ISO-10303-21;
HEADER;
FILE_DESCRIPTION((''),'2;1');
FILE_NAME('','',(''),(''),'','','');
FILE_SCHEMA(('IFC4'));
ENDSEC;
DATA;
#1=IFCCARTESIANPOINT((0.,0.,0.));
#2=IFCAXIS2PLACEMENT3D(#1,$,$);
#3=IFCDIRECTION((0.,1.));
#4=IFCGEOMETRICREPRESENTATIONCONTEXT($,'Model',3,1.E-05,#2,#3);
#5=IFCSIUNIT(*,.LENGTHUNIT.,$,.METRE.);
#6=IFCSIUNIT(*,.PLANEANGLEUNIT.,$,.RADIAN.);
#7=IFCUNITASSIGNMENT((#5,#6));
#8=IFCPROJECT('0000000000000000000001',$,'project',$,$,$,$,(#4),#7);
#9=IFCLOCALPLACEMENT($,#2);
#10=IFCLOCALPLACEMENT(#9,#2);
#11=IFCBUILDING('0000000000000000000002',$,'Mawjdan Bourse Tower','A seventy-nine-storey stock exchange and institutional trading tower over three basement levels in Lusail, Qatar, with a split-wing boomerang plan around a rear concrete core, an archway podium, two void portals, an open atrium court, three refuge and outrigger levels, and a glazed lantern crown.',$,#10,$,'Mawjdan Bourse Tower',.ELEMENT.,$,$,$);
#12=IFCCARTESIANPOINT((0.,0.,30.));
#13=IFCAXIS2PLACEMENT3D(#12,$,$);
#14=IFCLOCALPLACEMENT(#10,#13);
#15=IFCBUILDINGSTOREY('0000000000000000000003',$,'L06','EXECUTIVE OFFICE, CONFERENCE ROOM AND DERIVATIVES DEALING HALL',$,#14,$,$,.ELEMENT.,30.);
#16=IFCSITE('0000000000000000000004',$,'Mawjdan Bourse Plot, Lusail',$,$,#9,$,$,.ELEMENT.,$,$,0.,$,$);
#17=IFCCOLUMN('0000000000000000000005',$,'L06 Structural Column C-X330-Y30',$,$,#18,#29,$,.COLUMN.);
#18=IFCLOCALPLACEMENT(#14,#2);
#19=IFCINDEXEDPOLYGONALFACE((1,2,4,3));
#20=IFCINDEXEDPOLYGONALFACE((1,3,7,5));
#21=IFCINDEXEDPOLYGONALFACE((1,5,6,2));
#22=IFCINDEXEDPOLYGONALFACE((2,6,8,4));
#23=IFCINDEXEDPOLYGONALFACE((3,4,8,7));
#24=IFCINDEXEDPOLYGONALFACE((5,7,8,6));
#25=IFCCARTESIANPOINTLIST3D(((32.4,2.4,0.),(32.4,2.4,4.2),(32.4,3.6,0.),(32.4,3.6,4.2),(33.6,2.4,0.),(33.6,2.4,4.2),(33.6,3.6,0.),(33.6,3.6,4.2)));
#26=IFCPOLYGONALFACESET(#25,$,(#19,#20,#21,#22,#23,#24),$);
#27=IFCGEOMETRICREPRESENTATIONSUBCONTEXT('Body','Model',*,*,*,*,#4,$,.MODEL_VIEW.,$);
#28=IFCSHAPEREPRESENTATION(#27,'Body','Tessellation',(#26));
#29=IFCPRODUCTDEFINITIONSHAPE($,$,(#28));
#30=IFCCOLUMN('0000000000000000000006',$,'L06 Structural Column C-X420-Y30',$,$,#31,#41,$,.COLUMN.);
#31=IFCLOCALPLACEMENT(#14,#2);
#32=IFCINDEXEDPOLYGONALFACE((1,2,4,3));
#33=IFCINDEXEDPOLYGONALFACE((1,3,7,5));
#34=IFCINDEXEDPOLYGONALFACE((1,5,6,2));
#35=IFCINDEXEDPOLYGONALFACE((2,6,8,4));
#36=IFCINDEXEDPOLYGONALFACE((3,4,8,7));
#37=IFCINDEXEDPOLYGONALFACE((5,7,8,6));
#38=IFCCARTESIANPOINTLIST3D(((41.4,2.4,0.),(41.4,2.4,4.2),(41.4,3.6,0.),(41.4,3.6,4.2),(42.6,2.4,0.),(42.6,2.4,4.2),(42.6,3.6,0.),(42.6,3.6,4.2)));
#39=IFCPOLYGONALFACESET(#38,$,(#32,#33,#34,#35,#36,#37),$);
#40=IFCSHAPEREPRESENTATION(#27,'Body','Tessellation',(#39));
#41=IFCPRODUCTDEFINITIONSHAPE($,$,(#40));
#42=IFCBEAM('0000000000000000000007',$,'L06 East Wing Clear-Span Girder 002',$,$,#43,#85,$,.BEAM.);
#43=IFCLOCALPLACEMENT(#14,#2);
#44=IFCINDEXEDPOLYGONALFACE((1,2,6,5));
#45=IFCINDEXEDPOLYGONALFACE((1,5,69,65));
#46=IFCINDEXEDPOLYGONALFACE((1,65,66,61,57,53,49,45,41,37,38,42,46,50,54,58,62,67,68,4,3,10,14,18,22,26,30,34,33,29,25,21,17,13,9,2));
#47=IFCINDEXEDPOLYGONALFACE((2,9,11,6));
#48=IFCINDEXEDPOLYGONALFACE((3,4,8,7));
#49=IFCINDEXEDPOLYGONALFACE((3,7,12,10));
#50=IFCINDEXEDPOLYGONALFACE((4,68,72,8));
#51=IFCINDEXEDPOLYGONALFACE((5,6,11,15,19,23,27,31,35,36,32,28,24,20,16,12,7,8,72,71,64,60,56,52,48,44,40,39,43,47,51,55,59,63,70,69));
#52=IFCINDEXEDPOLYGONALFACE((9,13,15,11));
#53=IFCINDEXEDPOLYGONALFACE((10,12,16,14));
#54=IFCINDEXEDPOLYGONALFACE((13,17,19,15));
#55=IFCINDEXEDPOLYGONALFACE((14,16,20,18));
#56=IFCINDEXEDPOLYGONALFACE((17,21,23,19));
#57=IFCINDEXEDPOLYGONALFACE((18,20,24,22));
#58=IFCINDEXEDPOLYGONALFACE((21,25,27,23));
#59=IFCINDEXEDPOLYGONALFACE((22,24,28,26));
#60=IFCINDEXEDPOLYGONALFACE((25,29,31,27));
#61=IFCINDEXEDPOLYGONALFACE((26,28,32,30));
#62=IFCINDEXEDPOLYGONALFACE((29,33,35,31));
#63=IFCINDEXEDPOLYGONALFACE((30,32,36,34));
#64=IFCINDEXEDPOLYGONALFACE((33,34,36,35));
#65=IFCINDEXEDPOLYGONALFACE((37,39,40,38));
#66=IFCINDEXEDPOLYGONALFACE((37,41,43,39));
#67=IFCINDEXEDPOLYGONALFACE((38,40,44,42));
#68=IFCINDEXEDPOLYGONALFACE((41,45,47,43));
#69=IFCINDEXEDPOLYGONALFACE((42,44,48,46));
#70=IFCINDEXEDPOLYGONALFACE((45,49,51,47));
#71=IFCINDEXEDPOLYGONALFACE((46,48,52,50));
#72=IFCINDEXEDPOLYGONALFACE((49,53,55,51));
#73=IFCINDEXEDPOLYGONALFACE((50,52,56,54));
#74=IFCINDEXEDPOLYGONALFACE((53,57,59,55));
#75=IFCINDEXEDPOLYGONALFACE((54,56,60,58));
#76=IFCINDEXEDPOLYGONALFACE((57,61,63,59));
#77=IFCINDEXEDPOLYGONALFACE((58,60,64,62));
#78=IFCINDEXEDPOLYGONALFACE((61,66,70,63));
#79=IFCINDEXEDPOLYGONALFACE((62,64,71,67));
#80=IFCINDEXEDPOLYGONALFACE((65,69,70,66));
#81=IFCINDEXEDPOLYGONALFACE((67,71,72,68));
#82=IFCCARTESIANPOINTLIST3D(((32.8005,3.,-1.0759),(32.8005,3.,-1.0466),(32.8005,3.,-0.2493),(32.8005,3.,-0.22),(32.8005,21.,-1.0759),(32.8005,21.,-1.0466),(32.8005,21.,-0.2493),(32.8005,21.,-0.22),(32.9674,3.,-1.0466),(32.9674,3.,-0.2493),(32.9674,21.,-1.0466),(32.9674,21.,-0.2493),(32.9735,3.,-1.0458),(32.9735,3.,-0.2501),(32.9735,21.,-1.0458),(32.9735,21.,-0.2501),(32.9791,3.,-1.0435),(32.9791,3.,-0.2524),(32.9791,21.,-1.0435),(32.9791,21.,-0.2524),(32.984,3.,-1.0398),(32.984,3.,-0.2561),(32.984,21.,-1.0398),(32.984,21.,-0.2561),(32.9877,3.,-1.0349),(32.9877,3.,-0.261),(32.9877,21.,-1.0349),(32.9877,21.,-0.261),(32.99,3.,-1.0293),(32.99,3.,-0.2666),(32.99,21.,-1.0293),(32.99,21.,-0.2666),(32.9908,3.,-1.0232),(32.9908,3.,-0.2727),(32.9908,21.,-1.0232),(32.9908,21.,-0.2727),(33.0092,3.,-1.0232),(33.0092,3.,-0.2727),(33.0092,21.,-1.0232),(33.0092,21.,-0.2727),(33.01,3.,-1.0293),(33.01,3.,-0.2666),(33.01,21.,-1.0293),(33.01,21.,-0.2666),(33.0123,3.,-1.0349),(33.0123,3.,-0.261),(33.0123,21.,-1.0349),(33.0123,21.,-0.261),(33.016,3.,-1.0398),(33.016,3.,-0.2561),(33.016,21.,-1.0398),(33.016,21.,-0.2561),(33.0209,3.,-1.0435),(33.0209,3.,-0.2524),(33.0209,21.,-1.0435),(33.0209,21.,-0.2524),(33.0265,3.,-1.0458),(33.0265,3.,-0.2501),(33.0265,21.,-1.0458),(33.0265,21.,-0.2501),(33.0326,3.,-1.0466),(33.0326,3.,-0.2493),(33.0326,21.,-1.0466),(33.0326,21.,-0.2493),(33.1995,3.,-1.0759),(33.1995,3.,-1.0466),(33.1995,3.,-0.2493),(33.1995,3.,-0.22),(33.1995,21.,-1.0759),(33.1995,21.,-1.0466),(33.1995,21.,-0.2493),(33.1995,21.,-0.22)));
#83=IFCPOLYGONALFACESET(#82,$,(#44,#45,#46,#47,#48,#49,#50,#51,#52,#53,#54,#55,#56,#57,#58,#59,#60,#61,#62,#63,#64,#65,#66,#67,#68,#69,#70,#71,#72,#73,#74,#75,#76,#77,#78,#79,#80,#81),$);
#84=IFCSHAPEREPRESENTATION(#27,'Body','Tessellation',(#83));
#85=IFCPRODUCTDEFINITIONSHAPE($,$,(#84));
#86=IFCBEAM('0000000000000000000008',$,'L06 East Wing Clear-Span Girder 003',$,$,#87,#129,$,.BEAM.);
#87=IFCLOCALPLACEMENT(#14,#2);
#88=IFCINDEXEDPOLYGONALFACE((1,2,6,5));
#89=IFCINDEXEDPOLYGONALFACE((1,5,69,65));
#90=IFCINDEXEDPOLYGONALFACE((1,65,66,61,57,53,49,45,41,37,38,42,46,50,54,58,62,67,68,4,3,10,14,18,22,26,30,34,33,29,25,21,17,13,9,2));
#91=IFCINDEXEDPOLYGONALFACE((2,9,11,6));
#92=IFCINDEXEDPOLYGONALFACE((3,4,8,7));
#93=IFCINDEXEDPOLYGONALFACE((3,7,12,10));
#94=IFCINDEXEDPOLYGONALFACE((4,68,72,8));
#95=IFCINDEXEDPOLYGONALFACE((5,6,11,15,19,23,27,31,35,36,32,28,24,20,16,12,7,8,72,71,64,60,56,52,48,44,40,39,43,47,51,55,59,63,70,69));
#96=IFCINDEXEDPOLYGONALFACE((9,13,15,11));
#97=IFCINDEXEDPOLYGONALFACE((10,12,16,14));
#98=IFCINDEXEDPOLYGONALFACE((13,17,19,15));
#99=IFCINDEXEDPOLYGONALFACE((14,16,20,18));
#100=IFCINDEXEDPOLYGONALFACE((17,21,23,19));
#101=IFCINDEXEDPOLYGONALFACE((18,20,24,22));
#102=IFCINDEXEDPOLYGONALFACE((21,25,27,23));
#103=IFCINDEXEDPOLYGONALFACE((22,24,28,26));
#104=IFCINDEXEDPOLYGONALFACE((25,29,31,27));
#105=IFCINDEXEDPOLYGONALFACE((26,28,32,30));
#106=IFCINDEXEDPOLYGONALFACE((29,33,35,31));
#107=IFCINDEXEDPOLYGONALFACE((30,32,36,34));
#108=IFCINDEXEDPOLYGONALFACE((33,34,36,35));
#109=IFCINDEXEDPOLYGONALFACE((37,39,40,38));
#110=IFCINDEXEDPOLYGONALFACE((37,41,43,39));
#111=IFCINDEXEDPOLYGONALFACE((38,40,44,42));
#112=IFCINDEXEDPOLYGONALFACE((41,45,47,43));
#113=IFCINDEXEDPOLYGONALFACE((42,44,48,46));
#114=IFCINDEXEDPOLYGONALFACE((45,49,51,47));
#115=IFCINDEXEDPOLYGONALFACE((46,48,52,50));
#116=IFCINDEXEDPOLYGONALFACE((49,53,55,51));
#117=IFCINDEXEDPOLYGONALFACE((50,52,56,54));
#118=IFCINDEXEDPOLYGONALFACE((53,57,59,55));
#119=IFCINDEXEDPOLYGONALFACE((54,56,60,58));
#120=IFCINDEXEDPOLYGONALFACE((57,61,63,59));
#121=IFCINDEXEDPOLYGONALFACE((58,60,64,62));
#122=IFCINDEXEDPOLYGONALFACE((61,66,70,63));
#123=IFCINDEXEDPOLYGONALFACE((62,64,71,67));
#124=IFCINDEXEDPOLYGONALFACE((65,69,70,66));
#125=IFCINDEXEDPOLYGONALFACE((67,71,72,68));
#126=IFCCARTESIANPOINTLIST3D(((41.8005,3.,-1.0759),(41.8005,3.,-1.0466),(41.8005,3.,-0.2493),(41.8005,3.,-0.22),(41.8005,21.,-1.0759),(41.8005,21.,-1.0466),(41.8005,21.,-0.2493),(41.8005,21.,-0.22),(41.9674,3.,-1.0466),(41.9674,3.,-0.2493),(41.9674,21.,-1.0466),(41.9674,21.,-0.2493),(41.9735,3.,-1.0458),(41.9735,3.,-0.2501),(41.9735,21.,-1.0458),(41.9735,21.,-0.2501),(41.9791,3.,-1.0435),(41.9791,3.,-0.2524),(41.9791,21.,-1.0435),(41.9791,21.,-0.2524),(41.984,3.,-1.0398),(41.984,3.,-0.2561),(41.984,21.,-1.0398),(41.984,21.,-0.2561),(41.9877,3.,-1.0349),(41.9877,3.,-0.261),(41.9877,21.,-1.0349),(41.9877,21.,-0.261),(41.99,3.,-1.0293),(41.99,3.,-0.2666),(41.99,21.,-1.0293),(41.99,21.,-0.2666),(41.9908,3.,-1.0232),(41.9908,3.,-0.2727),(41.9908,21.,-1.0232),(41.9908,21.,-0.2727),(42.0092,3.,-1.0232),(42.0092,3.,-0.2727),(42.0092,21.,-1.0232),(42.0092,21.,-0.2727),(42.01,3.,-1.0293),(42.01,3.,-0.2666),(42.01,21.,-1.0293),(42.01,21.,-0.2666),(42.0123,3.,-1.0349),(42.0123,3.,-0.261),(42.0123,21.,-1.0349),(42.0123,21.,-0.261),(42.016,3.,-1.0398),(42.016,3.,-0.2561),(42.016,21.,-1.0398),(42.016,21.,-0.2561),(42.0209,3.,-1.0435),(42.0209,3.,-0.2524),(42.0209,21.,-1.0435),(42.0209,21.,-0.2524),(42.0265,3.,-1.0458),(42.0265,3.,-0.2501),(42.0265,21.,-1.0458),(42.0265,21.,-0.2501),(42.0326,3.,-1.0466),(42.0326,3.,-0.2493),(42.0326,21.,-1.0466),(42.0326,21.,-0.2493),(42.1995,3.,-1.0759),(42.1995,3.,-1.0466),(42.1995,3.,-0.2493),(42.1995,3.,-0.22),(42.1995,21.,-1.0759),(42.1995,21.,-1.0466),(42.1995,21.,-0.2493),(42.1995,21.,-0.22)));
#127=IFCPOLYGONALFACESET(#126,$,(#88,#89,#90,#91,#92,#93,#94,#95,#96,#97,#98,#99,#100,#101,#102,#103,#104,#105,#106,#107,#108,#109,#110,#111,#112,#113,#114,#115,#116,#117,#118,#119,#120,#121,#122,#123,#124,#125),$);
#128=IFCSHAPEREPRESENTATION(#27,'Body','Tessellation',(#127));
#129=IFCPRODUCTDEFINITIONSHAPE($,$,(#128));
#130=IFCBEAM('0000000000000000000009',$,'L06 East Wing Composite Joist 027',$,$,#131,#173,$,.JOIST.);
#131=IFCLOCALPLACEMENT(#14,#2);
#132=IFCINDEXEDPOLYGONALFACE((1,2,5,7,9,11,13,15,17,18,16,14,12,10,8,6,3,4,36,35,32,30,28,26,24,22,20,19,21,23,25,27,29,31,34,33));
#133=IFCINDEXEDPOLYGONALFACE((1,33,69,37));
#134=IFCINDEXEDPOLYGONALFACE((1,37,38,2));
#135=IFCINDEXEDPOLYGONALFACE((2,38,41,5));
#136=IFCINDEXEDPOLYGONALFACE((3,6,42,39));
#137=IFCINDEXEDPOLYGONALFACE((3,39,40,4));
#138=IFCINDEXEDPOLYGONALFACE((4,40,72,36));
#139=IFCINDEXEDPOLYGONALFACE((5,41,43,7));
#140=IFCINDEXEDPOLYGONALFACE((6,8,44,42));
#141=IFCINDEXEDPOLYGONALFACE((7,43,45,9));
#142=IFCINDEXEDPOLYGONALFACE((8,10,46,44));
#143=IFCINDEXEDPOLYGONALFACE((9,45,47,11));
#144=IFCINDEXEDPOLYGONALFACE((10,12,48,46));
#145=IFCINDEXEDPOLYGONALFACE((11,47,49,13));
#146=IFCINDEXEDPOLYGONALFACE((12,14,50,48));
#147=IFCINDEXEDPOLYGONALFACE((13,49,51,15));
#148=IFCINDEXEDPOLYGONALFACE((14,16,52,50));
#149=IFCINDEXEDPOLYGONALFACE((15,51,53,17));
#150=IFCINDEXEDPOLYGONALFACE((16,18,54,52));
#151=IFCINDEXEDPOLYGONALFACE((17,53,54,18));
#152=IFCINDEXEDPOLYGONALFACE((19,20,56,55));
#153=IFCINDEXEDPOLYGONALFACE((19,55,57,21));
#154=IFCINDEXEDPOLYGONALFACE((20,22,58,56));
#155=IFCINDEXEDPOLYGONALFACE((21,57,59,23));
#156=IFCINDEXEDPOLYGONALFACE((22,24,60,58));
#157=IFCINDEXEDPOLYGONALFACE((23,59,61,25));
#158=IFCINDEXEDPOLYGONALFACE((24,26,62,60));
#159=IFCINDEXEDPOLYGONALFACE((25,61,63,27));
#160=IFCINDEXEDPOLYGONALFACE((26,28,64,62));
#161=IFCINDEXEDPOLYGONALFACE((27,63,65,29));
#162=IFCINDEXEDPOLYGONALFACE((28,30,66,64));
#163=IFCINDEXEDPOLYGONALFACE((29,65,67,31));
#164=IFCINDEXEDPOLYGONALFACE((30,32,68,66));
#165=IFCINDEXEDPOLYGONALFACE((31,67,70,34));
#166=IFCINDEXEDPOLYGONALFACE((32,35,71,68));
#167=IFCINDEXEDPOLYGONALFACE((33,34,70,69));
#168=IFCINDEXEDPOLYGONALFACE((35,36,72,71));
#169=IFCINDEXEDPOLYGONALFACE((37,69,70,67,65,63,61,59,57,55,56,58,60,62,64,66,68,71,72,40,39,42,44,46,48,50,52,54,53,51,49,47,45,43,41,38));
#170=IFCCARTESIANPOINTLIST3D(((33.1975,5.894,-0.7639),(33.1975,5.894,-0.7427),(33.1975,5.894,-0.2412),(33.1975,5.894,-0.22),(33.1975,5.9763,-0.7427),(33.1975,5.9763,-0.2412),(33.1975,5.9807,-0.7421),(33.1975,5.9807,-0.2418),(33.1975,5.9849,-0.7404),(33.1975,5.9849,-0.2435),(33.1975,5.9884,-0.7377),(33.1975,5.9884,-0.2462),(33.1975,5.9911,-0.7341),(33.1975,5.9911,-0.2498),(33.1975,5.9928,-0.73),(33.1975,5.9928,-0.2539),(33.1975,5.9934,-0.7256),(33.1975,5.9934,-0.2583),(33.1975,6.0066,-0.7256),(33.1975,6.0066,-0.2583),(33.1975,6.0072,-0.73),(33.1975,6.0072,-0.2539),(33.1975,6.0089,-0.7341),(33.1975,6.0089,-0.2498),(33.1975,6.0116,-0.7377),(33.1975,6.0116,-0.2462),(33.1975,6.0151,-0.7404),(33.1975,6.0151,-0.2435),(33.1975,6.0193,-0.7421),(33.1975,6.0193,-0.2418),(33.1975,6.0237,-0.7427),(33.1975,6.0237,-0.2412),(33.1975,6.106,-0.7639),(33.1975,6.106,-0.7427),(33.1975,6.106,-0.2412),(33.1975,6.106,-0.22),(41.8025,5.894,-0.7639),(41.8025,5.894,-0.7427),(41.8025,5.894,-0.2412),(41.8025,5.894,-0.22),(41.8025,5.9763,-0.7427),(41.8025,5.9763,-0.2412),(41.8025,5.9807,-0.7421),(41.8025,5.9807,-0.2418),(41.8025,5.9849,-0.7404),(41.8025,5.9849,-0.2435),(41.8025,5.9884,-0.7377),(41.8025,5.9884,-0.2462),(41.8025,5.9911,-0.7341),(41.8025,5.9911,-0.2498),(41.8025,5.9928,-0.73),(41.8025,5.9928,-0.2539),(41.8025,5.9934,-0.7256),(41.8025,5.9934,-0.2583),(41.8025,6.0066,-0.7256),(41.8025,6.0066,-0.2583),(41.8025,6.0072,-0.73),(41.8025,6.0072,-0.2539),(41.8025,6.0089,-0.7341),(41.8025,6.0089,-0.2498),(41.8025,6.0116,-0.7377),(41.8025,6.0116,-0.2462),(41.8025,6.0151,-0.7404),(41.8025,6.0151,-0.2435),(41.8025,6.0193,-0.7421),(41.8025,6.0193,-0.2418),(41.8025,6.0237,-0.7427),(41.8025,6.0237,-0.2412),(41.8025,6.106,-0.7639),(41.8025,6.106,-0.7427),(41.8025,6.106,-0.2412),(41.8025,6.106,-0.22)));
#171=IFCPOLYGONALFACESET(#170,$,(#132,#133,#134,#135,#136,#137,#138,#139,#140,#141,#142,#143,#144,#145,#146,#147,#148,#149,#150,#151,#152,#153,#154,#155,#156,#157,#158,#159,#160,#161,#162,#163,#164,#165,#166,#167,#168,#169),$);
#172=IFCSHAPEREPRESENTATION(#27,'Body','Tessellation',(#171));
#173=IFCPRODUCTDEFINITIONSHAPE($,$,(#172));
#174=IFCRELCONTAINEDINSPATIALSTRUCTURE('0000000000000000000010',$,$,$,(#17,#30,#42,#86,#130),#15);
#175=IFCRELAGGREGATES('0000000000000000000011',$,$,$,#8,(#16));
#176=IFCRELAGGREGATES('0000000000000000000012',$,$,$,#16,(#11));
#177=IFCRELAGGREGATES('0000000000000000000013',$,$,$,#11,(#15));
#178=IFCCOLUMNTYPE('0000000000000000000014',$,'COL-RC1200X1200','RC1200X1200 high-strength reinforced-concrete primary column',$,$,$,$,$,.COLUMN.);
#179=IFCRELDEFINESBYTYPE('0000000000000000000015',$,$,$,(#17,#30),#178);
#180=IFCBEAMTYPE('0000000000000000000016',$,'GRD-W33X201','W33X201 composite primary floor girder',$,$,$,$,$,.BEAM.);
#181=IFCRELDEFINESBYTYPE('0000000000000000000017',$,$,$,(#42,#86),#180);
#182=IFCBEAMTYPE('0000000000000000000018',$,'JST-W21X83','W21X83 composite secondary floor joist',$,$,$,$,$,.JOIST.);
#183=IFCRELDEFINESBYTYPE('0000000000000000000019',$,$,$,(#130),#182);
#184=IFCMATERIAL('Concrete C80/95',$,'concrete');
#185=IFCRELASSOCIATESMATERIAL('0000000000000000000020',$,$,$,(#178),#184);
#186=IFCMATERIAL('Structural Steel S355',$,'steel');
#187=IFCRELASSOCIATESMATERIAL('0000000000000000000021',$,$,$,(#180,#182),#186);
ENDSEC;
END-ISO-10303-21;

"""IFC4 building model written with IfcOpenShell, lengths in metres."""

from ifc_helpers import new_model, si_unit, direction, frame, origin, origin_2d, place, context, subcontext, project, spatial, rectangle, i_section, extrude, material, material_profile, profile_set, type_object, element, save


model = new_model("IFC4")

# Units and contexts
model_context = context("Model", 3, precision=1e-05, world=origin(), true_north=direction((0.0, 1.0)))
body_context = subcontext(model_context, "Body", "Model", "MODEL_VIEW")
ifc_project = project(units=[si_unit("LENGTHUNIT", "METRE"), si_unit("PLANEANGLEUNIT", "RADIAN")], contexts=[model_context])

# Site, building, storey
site_placement = place(None, origin())
site = spatial("IfcSite", under=ifc_project, at=site_placement, Name="Mawjdan Bourse Plot, Lusail", CompositionType="ELEMENT", RefElevation=0.0)
building_placement = place(site_placement, origin())
building = spatial("IfcBuilding", under=site, at=building_placement, Name="Mawjdan Bourse Tower", Description="A seventy-nine-storey stock exchange and institutional trading tower over three basement levels in Lusail, Qatar, with a split-wing boomerang plan around a rear concrete core, an archway podium, two void portals, an open atrium court, three refuge and outrigger levels, and a glazed lantern crown.", LongName="Mawjdan Bourse Tower", CompositionType="ELEMENT")
storey_placement = place(building_placement, frame((0.0, 0.0, 30.0)))
storey = spatial("IfcBuildingStorey", under=building, at=storey_placement, Name="L06", Description="EXECUTIVE OFFICE, CONFERENCE ROOM AND DERIVATIVES DEALING HALL", CompositionType="ELEMENT", Elevation=30.0)

# Columns
ifc_material_1 = material(Name="Concrete C80/95", Category="concrete")
ifc_material_profile_1 = material_profile(ifc_material_1, rectangle(XDim=1.2, YDim=1.2, at=origin_2d()), Name="RC1200X1200")
ifc_profile_set_1 = profile_set([ifc_material_profile_1], Name="Concrete C80/95")
column_type = type_object("IfcColumnType", Name="COL-RC1200X1200", Description="RC1200X1200 high-strength reinforced-concrete primary column", PredefinedType="COLUMN", material=ifc_profile_set_1)
for number, where, z_axis, x_axis, name in (
    (1, (33.0, 3.0, 0.0), (0.0, 0.0, 1.0), (1.0, 0.0, 0.0), "L06 Structural Column C-X330-Y30"),
    (2, (42.0, 3.0, 0.0), (0.0, 0.0, 1.0), (1.0, 0.0, 0.0), "L06 Structural Column C-X420-Y30"),
):
    element("IfcColumn", number, at=place(storey_placement, frame(where, z_axis=z_axis, x_axis=x_axis)), inside=storey, type_object=column_type, Name=name, PredefinedType="COLUMN", context=body_context, shape_type="SweptSolid", body=[
        extrude(rectangle(XDim=1.2, YDim=1.2, at=origin_2d()), origin(), (0.0, 0.0, 1.0), 4.2),
    ])

# Beams
ifc_material_2 = material(Name="Structural Steel S355", Category="steel")
ifc_material_profile_2 = material_profile(ifc_material_2, i_section(OverallWidth=0.3989, OverallDepth=0.856, WebThickness=0.0183, FlangeThickness=0.0293, FilletRadius=0.0234, at=origin_2d()), Name="W33X201")
ifc_profile_set_2 = profile_set([ifc_material_profile_2], Name="Structural Steel S355")
beam_type_1 = type_object("IfcBeamType", Name="GRD-W33X201", Description="W33X201 composite primary floor girder", PredefinedType="BEAM", material=ifc_profile_set_2)
for number, where, z_axis, x_axis, name in (
    (3, (33.0, 3.0, -0.6479), (0.0, 1.0, 0.0), (-1.0, 0.0, 0.0), "L06 East Wing Clear-Span Girder 002"),
    (4, (42.0, 3.0, -0.6479), (0.0, 1.0, 0.0), (-1.0, 0.0, 0.0), "L06 East Wing Clear-Span Girder 003"),
):
    element("IfcBeam", number, at=place(storey_placement, frame(where, z_axis=z_axis, x_axis=x_axis)), inside=storey, type_object=beam_type_1, Name=name, PredefinedType="BEAM", context=body_context, shape_type="SweptSolid", body=[
        extrude(i_section(OverallWidth=0.3989, OverallDepth=0.856, WebThickness=0.0183, FlangeThickness=0.0293, FilletRadius=0.0234, at=origin_2d()), origin(), (0.0, 0.0, 1.0), 18.0),
    ])
ifc_material_profile_3 = material_profile(ifc_material_2, i_section(OverallWidth=0.2119, OverallDepth=0.5439, WebThickness=0.0132, FlangeThickness=0.0212, FilletRadius=0.0171, at=origin_2d()), Name="W21X83")
ifc_profile_set_3 = profile_set([ifc_material_profile_3], Name="Structural Steel S355")
beam_type_2 = type_object("IfcBeamType", Name="JST-W21X83", Description="W21X83 composite secondary floor joist", PredefinedType="JOIST", material=ifc_profile_set_3)
beam_1_placement = place(storey_placement, frame((33.1975, 6.0, -0.4919), z_axis=(1.0, 0.0, 0.0), x_axis=(0.0, 1.0, 0.0)))
element("IfcBeam", 5, at=beam_1_placement, inside=storey, type_object=beam_type_2, Name="L06 East Wing Composite Joist 027", PredefinedType="JOIST", context=body_context, shape_type="SweptSolid", body=[
    extrude(i_section(OverallWidth=0.2119, OverallDepth=0.5439, WebThickness=0.0132, FlangeThickness=0.0212, FilletRadius=0.0171, at=origin_2d()), origin(), (0.0, 0.0, 1.0), 8.605),
])

save(model, "model.ifc")
